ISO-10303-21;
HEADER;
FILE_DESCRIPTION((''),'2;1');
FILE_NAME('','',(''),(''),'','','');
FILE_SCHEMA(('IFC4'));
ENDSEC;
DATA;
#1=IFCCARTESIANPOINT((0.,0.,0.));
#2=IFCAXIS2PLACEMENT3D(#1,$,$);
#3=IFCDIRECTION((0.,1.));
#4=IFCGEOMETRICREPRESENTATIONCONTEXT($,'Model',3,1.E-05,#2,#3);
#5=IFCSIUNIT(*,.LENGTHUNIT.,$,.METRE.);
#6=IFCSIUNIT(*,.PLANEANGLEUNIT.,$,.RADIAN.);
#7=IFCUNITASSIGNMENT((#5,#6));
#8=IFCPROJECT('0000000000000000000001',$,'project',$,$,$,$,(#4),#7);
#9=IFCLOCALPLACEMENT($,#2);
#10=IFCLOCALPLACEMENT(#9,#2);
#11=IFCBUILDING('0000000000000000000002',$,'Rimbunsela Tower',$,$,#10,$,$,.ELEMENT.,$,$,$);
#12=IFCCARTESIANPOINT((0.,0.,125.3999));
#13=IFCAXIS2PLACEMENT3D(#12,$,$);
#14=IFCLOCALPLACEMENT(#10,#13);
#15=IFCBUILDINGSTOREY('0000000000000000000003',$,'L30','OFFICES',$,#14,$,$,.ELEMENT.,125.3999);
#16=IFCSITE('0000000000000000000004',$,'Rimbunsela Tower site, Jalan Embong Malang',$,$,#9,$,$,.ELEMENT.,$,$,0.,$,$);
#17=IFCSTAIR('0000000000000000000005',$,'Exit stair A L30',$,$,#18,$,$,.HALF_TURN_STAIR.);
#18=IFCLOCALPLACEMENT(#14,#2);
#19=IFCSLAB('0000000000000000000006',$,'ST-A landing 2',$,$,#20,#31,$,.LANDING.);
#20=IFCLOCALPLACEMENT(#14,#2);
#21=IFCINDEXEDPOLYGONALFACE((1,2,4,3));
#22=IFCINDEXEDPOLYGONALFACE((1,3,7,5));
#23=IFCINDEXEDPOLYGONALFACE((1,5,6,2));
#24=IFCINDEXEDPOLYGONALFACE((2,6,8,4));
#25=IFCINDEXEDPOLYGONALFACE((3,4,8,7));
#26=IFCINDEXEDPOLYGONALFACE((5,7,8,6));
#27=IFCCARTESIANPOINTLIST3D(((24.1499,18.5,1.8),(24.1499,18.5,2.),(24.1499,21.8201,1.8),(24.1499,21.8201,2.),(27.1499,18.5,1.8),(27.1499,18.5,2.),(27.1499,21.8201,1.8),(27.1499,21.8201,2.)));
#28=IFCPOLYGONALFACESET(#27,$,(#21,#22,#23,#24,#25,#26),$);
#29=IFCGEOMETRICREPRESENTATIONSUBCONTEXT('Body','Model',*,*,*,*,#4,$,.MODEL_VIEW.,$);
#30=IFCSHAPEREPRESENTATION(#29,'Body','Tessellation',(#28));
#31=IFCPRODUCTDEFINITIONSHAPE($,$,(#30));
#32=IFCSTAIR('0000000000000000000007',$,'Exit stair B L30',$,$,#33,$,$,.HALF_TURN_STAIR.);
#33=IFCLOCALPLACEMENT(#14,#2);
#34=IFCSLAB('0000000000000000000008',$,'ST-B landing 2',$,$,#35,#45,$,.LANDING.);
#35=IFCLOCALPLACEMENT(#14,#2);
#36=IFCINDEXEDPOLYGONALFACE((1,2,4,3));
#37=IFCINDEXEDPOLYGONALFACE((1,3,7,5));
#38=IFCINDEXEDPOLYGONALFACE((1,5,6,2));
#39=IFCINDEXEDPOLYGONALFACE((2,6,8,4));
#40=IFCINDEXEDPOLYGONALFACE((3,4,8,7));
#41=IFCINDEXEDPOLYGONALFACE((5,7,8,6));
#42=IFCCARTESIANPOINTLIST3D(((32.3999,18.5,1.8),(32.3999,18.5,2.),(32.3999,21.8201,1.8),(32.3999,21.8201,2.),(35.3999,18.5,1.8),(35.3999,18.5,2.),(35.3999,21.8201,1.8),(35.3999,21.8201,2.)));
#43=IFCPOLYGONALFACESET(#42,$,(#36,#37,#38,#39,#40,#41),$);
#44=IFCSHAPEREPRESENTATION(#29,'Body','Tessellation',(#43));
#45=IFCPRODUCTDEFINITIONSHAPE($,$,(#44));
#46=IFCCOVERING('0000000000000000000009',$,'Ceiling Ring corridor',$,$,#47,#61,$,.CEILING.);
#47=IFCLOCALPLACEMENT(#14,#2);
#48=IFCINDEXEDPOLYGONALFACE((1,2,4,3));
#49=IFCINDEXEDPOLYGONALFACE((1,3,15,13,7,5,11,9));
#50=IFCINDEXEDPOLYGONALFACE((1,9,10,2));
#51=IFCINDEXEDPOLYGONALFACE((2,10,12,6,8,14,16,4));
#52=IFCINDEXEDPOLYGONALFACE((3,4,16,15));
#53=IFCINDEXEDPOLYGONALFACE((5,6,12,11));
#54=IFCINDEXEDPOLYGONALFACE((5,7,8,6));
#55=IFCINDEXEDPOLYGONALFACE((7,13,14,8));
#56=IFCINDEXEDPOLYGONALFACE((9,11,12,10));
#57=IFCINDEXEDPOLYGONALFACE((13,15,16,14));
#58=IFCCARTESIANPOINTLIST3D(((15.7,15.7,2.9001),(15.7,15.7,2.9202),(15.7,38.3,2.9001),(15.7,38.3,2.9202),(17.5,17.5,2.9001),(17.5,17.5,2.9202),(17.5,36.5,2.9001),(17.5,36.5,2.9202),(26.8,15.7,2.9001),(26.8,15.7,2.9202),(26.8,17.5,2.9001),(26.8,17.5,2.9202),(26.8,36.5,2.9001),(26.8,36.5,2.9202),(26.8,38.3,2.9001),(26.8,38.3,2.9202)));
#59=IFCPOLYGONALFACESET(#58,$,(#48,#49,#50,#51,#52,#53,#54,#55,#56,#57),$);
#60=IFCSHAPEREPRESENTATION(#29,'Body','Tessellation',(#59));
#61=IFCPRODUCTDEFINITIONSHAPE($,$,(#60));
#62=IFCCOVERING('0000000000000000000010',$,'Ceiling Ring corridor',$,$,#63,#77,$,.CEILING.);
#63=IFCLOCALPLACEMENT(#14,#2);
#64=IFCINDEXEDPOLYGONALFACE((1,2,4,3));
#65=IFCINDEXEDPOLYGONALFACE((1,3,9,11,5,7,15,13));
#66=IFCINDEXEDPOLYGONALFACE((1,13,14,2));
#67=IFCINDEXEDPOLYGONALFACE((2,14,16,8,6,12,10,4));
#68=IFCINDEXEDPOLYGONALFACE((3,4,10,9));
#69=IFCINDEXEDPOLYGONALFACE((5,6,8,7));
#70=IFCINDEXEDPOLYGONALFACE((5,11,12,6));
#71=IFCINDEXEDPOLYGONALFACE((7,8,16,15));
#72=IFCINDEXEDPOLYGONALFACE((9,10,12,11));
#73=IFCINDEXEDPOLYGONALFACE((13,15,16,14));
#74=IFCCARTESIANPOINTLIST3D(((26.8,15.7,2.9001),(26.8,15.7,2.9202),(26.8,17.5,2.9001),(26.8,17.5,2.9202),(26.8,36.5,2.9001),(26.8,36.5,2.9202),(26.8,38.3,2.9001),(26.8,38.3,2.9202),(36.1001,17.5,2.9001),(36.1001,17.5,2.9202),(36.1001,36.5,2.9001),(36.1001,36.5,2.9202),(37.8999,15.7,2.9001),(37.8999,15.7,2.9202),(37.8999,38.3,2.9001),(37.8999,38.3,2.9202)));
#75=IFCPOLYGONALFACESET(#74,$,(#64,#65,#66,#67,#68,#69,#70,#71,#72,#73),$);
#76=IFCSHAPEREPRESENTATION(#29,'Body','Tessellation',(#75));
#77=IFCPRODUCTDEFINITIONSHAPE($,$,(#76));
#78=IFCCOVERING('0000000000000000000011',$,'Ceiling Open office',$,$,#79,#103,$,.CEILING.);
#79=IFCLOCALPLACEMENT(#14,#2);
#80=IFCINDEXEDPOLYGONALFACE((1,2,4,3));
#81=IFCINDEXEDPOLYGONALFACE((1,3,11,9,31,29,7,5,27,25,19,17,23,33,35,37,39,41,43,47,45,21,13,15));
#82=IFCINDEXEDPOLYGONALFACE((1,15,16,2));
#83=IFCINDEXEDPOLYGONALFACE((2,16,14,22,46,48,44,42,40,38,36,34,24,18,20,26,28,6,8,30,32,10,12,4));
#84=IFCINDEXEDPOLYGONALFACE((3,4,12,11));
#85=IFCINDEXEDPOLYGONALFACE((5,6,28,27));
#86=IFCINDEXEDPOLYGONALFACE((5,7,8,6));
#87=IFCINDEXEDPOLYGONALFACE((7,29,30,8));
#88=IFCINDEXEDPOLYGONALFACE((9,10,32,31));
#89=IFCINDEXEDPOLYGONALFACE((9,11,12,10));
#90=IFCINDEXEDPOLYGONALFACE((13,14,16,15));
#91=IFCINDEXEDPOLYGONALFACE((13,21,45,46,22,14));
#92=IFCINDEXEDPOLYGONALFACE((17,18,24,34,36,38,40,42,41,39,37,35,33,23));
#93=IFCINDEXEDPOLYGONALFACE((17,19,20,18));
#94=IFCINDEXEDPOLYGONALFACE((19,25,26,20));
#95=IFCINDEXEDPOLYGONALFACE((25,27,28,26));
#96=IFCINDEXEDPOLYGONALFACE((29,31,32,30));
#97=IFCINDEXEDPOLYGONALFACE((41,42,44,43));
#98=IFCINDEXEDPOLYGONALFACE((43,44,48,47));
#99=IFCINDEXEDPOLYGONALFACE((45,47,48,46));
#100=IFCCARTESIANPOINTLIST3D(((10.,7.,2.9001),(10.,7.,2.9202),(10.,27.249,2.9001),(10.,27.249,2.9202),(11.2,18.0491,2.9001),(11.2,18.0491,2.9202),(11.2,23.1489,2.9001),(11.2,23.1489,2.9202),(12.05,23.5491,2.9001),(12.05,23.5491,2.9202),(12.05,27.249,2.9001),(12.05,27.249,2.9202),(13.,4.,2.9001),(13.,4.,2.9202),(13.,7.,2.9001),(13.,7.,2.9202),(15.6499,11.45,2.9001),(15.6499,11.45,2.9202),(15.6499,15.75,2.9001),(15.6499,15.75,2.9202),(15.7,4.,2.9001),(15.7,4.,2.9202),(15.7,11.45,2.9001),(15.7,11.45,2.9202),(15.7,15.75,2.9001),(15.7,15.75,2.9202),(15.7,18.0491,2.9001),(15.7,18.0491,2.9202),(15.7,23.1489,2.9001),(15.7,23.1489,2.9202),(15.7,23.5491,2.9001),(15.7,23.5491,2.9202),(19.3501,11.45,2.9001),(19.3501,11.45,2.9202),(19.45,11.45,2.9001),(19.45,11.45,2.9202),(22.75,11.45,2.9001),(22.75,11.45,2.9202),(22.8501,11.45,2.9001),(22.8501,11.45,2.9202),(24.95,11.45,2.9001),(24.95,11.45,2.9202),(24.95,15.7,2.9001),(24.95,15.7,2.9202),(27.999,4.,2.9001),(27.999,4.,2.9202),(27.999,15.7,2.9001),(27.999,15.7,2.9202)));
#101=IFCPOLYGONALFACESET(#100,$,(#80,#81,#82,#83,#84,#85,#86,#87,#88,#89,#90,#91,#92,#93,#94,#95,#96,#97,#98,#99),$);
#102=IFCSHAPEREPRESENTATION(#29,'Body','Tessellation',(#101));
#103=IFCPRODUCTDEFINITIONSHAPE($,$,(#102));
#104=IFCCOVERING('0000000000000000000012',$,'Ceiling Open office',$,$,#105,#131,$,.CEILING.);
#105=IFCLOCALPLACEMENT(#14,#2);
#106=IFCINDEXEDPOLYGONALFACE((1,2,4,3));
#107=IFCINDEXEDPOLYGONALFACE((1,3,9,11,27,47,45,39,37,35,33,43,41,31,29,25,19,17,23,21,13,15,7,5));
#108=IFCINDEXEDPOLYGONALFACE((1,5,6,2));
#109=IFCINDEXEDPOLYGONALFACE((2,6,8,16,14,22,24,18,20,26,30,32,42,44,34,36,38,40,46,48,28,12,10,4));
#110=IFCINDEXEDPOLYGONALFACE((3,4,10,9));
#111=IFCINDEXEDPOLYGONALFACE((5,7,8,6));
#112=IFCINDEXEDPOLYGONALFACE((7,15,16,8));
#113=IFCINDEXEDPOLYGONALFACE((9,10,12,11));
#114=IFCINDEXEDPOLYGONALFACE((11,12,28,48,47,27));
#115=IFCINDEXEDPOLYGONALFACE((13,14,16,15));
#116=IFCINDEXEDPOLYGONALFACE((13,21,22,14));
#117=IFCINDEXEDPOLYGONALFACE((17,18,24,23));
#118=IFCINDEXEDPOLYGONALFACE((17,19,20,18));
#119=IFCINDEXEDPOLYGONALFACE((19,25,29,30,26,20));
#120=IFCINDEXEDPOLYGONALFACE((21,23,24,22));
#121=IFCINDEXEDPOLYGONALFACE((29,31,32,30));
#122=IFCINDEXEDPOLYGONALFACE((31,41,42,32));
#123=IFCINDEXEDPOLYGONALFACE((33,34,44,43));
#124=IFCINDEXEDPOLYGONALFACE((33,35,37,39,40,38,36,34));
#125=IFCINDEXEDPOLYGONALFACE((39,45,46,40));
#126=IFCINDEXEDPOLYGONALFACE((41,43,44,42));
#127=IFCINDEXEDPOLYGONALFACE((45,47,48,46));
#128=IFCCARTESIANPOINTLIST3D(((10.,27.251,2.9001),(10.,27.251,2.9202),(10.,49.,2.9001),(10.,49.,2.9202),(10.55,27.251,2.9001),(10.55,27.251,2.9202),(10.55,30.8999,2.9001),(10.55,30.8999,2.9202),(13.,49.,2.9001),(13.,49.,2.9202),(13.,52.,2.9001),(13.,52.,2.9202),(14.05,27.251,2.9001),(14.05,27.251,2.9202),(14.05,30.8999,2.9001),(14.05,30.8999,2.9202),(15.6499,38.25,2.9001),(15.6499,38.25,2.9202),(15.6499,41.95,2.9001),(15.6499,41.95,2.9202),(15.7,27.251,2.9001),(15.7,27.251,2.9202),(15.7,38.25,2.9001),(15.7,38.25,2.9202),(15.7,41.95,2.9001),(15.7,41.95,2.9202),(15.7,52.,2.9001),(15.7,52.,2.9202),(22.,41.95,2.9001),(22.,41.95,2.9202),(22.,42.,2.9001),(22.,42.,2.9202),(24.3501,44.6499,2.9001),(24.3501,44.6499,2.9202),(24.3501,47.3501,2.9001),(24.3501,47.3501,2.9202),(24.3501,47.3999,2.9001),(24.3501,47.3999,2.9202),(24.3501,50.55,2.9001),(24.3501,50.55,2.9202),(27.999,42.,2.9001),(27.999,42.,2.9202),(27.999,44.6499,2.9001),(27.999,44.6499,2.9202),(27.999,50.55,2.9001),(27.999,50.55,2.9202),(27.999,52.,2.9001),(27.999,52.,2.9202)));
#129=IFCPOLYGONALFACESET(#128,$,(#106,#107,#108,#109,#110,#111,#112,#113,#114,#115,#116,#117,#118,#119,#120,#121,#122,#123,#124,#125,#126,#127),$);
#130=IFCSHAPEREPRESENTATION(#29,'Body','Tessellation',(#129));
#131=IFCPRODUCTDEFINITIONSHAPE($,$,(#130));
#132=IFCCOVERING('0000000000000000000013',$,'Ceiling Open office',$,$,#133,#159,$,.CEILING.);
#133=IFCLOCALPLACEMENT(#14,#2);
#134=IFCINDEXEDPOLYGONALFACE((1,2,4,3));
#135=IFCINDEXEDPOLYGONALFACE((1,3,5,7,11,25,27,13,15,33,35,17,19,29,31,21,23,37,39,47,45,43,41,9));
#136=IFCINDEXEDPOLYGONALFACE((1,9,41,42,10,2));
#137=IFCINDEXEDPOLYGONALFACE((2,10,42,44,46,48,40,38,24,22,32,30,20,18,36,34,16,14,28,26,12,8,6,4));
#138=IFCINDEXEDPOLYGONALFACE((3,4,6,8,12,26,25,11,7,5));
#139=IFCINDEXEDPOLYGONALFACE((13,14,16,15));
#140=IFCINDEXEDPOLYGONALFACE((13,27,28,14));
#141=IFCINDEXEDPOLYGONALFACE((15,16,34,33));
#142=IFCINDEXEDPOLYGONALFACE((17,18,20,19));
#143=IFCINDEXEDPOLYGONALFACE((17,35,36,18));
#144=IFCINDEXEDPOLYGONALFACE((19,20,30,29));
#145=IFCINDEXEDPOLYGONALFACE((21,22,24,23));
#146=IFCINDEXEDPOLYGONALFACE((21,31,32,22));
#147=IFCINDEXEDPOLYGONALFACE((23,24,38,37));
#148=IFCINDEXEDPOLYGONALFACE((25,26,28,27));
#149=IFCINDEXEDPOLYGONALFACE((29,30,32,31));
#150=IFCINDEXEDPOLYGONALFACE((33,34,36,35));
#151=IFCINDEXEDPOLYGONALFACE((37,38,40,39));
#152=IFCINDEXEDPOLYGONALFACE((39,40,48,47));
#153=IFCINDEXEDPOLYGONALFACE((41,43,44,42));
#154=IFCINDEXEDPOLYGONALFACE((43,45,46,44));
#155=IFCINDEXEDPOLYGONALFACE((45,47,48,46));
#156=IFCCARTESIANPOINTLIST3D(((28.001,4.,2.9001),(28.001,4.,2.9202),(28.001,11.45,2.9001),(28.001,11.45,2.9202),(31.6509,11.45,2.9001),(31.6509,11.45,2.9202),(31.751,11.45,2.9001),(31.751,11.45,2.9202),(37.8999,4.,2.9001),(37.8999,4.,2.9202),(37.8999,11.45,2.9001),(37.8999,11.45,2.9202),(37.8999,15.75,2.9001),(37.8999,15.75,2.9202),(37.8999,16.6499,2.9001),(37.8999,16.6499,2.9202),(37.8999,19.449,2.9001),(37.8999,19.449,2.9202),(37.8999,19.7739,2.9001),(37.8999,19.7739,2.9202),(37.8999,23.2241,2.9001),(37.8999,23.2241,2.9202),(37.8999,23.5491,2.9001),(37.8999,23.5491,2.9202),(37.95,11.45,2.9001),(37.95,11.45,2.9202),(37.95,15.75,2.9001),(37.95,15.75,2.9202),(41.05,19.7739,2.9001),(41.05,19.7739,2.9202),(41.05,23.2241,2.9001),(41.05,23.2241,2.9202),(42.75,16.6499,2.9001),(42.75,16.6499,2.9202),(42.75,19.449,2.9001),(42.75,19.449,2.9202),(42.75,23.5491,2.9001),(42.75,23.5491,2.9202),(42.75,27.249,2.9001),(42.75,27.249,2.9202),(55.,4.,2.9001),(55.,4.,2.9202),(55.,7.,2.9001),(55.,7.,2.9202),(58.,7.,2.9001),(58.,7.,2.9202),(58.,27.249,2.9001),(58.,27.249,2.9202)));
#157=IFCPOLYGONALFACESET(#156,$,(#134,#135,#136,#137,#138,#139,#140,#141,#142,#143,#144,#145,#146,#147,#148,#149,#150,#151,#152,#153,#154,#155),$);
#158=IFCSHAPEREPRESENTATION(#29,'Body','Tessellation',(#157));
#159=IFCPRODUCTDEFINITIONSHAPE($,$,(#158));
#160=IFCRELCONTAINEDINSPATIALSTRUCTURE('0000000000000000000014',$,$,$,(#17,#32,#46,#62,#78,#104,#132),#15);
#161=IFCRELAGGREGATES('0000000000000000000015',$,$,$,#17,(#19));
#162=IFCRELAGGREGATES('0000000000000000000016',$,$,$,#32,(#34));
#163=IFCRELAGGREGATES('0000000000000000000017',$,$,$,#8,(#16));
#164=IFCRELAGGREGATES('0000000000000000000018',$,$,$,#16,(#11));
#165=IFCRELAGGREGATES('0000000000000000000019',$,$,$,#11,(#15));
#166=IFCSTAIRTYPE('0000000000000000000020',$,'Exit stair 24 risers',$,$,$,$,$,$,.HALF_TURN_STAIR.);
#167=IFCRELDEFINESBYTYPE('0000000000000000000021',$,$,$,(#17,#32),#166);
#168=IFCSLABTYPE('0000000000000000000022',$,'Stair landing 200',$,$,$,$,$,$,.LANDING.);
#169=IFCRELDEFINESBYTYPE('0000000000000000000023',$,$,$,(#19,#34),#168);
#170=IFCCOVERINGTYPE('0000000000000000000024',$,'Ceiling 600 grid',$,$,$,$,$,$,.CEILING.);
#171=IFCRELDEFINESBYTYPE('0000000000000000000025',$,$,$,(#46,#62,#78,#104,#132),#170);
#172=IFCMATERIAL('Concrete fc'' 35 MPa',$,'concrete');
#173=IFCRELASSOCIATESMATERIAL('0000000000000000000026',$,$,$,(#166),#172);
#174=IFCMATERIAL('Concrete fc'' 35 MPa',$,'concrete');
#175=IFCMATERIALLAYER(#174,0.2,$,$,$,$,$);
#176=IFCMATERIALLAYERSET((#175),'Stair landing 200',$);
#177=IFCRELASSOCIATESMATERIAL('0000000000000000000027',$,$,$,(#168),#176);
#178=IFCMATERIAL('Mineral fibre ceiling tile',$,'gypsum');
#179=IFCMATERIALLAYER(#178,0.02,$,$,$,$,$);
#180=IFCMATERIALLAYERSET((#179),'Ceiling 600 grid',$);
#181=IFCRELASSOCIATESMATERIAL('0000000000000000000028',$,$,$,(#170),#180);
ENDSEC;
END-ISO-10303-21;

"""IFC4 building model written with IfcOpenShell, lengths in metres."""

from ifc_helpers import new_model, si_unit, direction, frame, origin, place, context, subcontext, project, spatial, polyline, outline, extrude, material, layer, layer_set, type_object, element, aggregate, save


model = new_model("IFC4")

# Units and contexts
model_context = context("Model", 3, precision=1e-05, world=origin(), true_north=direction((0.0, 1.0)))
body_context = subcontext(model_context, "Body", "Model", "MODEL_VIEW")
ifc_project = project(units=[si_unit("LENGTHUNIT", "METRE"), si_unit("PLANEANGLEUNIT", "RADIAN")], contexts=[model_context])

# Site, building, storey
site_placement = place(None, origin())
site = spatial("IfcSite", under=ifc_project, at=site_placement, Name="Rimbunsela Tower site, Jalan Embong Malang", CompositionType="ELEMENT", RefElevation=0.0)
building_placement = place(site_placement, origin())
building = spatial("IfcBuilding", under=site, at=building_placement, Name="Rimbunsela Tower", CompositionType="ELEMENT")
storey_placement = place(building_placement, frame((0.0, 0.0, 125.3999)))
storey = spatial("IfcBuildingStorey", under=building, at=storey_placement, Name="L30", Description="OFFICES", CompositionType="ELEMENT", Elevation=125.3999)

# Stairs, slabs
ifc_material_1 = material(Name="Concrete fc' 35 MPa", Category="concrete")
stair_type = type_object("IfcStairType", Name="Exit stair 24 risers", PredefinedType="HALF_TURN_STAIR", material=ifc_material_1)
stair_1_placement = place(storey_placement, origin())
stair_1 = element("IfcStair", 1, at=stair_1_placement, inside=storey, type_object=stair_type, Name="Exit stair A L30", PredefinedType="HALF_TURN_STAIR")
ifc_material_2 = material(Name="Concrete fc' 35 MPa", Category="concrete")
ifc_layer_1 = layer(ifc_material_2, 0.2)
ifc_layer_set_1 = layer_set([ifc_layer_1], Name="Stair landing 200")
slab_type = type_object("IfcSlabType", Name="Stair landing 200", PredefinedType="LANDING", material=ifc_layer_set_1)
slab_1_placement = place(storey_placement, frame((0.0, 0.0, 1.8)))
slab_1 = element("IfcSlab", 2, at=slab_1_placement, type_object=slab_type, Name="ST-A landing 2", PredefinedType="LANDING", context=body_context, shape_type="SweptSolid", body=[
    extrude(outline(polyline([(24.1499, 18.5), (27.1499, 18.5), (27.1499, 21.8201), (24.1499, 21.8201), (24.1499, 18.5)])), origin(), (0.0, 0.0, 1.0), 0.2),
])
aggregate(stair_1, [slab_1])
stair_2_placement = place(storey_placement, origin())
stair_2 = element("IfcStair", 3, at=stair_2_placement, inside=storey, type_object=stair_type, Name="Exit stair B L30", PredefinedType="HALF_TURN_STAIR")
slab_2_placement = place(storey_placement, frame((0.0, 0.0, 1.8)))
slab_2 = element("IfcSlab", 4, at=slab_2_placement, type_object=slab_type, Name="ST-B landing 2", PredefinedType="LANDING", context=body_context, shape_type="SweptSolid", body=[
    extrude(outline(polyline([(32.3999, 18.5), (35.3999, 18.5), (35.3999, 21.8201), (32.3999, 21.8201), (32.3999, 18.5)])), origin(), (0.0, 0.0, 1.0), 0.2),
])
aggregate(stair_2, [slab_2])

# Coverings
ifc_material_3 = material(Name="Mineral fibre ceiling tile", Category="gypsum")
ifc_layer_2 = layer(ifc_material_3, 0.02)
ifc_layer_set_2 = layer_set([ifc_layer_2], Name="Ceiling 600 grid")
covering_type_1 = type_object("IfcCoveringType", Name="Ceiling 600 grid", PredefinedType="CEILING", material=ifc_layer_set_2)
covering_1_placement = place(storey_placement, frame((0.0, 0.0, 2.9001)))
element("IfcCovering", 5, at=covering_1_placement, inside=storey, type_object=covering_type_1, Name="Ceiling Ring corridor", PredefinedType="CEILING", context=body_context, shape_type="SweptSolid", body=[
    extrude(outline(polyline([(15.7, 38.3), (26.8, 38.3), (26.8, 36.5), (17.5, 36.5), (17.5, 17.5), (26.8, 17.5), (26.8, 15.7), (15.7, 15.7), (15.7, 38.3)])), origin(), (0.0, 0.0, 1.0), 0.02),
])
covering_2_placement = place(storey_placement, frame((0.0, 0.0, 2.9001)))
element("IfcCovering", 6, at=covering_2_placement, inside=storey, type_object=covering_type_1, Name="Ceiling Ring corridor", PredefinedType="CEILING", context=body_context, shape_type="SweptSolid", body=[
    extrude(outline(polyline([(37.8999, 38.3), (37.8999, 15.7), (26.8, 15.7), (26.8, 17.5), (36.1001, 17.5), (36.1001, 36.5), (26.8, 36.5), (26.8, 38.3), (37.8999, 38.3)])), origin(), (0.0, 0.0, 1.0), 0.02),
])
covering_3_placement = place(storey_placement, frame((0.0, 0.0, 2.9001)))
element("IfcCovering", 7, at=covering_3_placement, inside=storey, type_object=covering_type_1, Name="Ceiling Open office", PredefinedType="CEILING", context=body_context, shape_type="SweptSolid", body=[
    extrude(outline(polyline([(19.45, 11.45), (22.75, 11.45), (22.8501, 11.45), (24.95, 11.45), (24.95, 15.7), (27.999, 15.7), (27.999, 4.0), (15.7, 4.0), (13.0, 4.0), (13.0, 7.0), (10.0, 7.0), (10.0, 27.249), (12.05, 27.249), (12.05, 23.5491), (15.7, 23.5491), (15.7, 23.1489), (11.2, 23.1489), (11.2, 18.0491), (15.7, 18.0491), (15.7, 15.75), (15.6499, 15.75), (15.6499, 11.45), (15.7, 11.45), (19.3501, 11.45), (19.45, 11.45)])), origin(), (0.0, 0.0, 1.0), 0.02),
])
covering_4_placement = place(storey_placement, frame((0.0, 0.0, 2.9001)))
element("IfcCovering", 8, at=covering_4_placement, inside=storey, type_object=covering_type_1, Name="Ceiling Open office", PredefinedType="CEILING", context=body_context, shape_type="SweptSolid", body=[
    extrude(outline(polyline([(15.6499, 41.95), (15.6499, 38.25), (15.7, 38.25), (15.7, 27.251), (14.05, 27.251), (14.05, 30.8999), (10.55, 30.8999), (10.55, 27.251), (10.0, 27.251), (10.0, 49.0), (13.0, 49.0), (13.0, 52.0), (15.7, 52.0), (27.999, 52.0), (27.999, 50.55), (24.3501, 50.55), (24.3501, 47.3999), (24.3501, 47.3501), (24.3501, 44.6499), (27.999, 44.6499), (27.999, 42.0), (22.0, 42.0), (22.0, 41.95), (15.7, 41.95), (15.6499, 41.95)])), origin(), (0.0, 0.0, 1.0), 0.02),
])
covering_5_placement = place(storey_placement, frame((0.0, 0.0, 2.9001)))
element("IfcCovering", 9, at=covering_5_placement, inside=storey, type_object=covering_type_1, Name="Ceiling Open office", PredefinedType="CEILING", context=body_context, shape_type="SweptSolid", body=[
    extrude(outline(polyline([(28.001, 11.45), (31.6509, 11.45), (31.751, 11.45), (37.8999, 11.45), (37.95, 11.45), (37.95, 15.75), (37.8999, 15.75), (37.8999, 16.6499), (42.75, 16.6499), (42.75, 19.449), (37.8999, 19.449), (37.8999, 19.7739), (41.05, 19.7739), (41.05, 23.2241), (37.8999, 23.2241), (37.8999, 23.5491), (42.75, 23.5491), (42.75, 27.249), (58.0, 27.249), (58.0, 7.0), (55.0, 7.0), (55.0, 4.0), (37.8999, 4.0), (28.001, 4.0), (28.001, 11.45)])), origin(), (0.0, 0.0, 1.0), 0.02),
])

save(model, "model.ifc")
